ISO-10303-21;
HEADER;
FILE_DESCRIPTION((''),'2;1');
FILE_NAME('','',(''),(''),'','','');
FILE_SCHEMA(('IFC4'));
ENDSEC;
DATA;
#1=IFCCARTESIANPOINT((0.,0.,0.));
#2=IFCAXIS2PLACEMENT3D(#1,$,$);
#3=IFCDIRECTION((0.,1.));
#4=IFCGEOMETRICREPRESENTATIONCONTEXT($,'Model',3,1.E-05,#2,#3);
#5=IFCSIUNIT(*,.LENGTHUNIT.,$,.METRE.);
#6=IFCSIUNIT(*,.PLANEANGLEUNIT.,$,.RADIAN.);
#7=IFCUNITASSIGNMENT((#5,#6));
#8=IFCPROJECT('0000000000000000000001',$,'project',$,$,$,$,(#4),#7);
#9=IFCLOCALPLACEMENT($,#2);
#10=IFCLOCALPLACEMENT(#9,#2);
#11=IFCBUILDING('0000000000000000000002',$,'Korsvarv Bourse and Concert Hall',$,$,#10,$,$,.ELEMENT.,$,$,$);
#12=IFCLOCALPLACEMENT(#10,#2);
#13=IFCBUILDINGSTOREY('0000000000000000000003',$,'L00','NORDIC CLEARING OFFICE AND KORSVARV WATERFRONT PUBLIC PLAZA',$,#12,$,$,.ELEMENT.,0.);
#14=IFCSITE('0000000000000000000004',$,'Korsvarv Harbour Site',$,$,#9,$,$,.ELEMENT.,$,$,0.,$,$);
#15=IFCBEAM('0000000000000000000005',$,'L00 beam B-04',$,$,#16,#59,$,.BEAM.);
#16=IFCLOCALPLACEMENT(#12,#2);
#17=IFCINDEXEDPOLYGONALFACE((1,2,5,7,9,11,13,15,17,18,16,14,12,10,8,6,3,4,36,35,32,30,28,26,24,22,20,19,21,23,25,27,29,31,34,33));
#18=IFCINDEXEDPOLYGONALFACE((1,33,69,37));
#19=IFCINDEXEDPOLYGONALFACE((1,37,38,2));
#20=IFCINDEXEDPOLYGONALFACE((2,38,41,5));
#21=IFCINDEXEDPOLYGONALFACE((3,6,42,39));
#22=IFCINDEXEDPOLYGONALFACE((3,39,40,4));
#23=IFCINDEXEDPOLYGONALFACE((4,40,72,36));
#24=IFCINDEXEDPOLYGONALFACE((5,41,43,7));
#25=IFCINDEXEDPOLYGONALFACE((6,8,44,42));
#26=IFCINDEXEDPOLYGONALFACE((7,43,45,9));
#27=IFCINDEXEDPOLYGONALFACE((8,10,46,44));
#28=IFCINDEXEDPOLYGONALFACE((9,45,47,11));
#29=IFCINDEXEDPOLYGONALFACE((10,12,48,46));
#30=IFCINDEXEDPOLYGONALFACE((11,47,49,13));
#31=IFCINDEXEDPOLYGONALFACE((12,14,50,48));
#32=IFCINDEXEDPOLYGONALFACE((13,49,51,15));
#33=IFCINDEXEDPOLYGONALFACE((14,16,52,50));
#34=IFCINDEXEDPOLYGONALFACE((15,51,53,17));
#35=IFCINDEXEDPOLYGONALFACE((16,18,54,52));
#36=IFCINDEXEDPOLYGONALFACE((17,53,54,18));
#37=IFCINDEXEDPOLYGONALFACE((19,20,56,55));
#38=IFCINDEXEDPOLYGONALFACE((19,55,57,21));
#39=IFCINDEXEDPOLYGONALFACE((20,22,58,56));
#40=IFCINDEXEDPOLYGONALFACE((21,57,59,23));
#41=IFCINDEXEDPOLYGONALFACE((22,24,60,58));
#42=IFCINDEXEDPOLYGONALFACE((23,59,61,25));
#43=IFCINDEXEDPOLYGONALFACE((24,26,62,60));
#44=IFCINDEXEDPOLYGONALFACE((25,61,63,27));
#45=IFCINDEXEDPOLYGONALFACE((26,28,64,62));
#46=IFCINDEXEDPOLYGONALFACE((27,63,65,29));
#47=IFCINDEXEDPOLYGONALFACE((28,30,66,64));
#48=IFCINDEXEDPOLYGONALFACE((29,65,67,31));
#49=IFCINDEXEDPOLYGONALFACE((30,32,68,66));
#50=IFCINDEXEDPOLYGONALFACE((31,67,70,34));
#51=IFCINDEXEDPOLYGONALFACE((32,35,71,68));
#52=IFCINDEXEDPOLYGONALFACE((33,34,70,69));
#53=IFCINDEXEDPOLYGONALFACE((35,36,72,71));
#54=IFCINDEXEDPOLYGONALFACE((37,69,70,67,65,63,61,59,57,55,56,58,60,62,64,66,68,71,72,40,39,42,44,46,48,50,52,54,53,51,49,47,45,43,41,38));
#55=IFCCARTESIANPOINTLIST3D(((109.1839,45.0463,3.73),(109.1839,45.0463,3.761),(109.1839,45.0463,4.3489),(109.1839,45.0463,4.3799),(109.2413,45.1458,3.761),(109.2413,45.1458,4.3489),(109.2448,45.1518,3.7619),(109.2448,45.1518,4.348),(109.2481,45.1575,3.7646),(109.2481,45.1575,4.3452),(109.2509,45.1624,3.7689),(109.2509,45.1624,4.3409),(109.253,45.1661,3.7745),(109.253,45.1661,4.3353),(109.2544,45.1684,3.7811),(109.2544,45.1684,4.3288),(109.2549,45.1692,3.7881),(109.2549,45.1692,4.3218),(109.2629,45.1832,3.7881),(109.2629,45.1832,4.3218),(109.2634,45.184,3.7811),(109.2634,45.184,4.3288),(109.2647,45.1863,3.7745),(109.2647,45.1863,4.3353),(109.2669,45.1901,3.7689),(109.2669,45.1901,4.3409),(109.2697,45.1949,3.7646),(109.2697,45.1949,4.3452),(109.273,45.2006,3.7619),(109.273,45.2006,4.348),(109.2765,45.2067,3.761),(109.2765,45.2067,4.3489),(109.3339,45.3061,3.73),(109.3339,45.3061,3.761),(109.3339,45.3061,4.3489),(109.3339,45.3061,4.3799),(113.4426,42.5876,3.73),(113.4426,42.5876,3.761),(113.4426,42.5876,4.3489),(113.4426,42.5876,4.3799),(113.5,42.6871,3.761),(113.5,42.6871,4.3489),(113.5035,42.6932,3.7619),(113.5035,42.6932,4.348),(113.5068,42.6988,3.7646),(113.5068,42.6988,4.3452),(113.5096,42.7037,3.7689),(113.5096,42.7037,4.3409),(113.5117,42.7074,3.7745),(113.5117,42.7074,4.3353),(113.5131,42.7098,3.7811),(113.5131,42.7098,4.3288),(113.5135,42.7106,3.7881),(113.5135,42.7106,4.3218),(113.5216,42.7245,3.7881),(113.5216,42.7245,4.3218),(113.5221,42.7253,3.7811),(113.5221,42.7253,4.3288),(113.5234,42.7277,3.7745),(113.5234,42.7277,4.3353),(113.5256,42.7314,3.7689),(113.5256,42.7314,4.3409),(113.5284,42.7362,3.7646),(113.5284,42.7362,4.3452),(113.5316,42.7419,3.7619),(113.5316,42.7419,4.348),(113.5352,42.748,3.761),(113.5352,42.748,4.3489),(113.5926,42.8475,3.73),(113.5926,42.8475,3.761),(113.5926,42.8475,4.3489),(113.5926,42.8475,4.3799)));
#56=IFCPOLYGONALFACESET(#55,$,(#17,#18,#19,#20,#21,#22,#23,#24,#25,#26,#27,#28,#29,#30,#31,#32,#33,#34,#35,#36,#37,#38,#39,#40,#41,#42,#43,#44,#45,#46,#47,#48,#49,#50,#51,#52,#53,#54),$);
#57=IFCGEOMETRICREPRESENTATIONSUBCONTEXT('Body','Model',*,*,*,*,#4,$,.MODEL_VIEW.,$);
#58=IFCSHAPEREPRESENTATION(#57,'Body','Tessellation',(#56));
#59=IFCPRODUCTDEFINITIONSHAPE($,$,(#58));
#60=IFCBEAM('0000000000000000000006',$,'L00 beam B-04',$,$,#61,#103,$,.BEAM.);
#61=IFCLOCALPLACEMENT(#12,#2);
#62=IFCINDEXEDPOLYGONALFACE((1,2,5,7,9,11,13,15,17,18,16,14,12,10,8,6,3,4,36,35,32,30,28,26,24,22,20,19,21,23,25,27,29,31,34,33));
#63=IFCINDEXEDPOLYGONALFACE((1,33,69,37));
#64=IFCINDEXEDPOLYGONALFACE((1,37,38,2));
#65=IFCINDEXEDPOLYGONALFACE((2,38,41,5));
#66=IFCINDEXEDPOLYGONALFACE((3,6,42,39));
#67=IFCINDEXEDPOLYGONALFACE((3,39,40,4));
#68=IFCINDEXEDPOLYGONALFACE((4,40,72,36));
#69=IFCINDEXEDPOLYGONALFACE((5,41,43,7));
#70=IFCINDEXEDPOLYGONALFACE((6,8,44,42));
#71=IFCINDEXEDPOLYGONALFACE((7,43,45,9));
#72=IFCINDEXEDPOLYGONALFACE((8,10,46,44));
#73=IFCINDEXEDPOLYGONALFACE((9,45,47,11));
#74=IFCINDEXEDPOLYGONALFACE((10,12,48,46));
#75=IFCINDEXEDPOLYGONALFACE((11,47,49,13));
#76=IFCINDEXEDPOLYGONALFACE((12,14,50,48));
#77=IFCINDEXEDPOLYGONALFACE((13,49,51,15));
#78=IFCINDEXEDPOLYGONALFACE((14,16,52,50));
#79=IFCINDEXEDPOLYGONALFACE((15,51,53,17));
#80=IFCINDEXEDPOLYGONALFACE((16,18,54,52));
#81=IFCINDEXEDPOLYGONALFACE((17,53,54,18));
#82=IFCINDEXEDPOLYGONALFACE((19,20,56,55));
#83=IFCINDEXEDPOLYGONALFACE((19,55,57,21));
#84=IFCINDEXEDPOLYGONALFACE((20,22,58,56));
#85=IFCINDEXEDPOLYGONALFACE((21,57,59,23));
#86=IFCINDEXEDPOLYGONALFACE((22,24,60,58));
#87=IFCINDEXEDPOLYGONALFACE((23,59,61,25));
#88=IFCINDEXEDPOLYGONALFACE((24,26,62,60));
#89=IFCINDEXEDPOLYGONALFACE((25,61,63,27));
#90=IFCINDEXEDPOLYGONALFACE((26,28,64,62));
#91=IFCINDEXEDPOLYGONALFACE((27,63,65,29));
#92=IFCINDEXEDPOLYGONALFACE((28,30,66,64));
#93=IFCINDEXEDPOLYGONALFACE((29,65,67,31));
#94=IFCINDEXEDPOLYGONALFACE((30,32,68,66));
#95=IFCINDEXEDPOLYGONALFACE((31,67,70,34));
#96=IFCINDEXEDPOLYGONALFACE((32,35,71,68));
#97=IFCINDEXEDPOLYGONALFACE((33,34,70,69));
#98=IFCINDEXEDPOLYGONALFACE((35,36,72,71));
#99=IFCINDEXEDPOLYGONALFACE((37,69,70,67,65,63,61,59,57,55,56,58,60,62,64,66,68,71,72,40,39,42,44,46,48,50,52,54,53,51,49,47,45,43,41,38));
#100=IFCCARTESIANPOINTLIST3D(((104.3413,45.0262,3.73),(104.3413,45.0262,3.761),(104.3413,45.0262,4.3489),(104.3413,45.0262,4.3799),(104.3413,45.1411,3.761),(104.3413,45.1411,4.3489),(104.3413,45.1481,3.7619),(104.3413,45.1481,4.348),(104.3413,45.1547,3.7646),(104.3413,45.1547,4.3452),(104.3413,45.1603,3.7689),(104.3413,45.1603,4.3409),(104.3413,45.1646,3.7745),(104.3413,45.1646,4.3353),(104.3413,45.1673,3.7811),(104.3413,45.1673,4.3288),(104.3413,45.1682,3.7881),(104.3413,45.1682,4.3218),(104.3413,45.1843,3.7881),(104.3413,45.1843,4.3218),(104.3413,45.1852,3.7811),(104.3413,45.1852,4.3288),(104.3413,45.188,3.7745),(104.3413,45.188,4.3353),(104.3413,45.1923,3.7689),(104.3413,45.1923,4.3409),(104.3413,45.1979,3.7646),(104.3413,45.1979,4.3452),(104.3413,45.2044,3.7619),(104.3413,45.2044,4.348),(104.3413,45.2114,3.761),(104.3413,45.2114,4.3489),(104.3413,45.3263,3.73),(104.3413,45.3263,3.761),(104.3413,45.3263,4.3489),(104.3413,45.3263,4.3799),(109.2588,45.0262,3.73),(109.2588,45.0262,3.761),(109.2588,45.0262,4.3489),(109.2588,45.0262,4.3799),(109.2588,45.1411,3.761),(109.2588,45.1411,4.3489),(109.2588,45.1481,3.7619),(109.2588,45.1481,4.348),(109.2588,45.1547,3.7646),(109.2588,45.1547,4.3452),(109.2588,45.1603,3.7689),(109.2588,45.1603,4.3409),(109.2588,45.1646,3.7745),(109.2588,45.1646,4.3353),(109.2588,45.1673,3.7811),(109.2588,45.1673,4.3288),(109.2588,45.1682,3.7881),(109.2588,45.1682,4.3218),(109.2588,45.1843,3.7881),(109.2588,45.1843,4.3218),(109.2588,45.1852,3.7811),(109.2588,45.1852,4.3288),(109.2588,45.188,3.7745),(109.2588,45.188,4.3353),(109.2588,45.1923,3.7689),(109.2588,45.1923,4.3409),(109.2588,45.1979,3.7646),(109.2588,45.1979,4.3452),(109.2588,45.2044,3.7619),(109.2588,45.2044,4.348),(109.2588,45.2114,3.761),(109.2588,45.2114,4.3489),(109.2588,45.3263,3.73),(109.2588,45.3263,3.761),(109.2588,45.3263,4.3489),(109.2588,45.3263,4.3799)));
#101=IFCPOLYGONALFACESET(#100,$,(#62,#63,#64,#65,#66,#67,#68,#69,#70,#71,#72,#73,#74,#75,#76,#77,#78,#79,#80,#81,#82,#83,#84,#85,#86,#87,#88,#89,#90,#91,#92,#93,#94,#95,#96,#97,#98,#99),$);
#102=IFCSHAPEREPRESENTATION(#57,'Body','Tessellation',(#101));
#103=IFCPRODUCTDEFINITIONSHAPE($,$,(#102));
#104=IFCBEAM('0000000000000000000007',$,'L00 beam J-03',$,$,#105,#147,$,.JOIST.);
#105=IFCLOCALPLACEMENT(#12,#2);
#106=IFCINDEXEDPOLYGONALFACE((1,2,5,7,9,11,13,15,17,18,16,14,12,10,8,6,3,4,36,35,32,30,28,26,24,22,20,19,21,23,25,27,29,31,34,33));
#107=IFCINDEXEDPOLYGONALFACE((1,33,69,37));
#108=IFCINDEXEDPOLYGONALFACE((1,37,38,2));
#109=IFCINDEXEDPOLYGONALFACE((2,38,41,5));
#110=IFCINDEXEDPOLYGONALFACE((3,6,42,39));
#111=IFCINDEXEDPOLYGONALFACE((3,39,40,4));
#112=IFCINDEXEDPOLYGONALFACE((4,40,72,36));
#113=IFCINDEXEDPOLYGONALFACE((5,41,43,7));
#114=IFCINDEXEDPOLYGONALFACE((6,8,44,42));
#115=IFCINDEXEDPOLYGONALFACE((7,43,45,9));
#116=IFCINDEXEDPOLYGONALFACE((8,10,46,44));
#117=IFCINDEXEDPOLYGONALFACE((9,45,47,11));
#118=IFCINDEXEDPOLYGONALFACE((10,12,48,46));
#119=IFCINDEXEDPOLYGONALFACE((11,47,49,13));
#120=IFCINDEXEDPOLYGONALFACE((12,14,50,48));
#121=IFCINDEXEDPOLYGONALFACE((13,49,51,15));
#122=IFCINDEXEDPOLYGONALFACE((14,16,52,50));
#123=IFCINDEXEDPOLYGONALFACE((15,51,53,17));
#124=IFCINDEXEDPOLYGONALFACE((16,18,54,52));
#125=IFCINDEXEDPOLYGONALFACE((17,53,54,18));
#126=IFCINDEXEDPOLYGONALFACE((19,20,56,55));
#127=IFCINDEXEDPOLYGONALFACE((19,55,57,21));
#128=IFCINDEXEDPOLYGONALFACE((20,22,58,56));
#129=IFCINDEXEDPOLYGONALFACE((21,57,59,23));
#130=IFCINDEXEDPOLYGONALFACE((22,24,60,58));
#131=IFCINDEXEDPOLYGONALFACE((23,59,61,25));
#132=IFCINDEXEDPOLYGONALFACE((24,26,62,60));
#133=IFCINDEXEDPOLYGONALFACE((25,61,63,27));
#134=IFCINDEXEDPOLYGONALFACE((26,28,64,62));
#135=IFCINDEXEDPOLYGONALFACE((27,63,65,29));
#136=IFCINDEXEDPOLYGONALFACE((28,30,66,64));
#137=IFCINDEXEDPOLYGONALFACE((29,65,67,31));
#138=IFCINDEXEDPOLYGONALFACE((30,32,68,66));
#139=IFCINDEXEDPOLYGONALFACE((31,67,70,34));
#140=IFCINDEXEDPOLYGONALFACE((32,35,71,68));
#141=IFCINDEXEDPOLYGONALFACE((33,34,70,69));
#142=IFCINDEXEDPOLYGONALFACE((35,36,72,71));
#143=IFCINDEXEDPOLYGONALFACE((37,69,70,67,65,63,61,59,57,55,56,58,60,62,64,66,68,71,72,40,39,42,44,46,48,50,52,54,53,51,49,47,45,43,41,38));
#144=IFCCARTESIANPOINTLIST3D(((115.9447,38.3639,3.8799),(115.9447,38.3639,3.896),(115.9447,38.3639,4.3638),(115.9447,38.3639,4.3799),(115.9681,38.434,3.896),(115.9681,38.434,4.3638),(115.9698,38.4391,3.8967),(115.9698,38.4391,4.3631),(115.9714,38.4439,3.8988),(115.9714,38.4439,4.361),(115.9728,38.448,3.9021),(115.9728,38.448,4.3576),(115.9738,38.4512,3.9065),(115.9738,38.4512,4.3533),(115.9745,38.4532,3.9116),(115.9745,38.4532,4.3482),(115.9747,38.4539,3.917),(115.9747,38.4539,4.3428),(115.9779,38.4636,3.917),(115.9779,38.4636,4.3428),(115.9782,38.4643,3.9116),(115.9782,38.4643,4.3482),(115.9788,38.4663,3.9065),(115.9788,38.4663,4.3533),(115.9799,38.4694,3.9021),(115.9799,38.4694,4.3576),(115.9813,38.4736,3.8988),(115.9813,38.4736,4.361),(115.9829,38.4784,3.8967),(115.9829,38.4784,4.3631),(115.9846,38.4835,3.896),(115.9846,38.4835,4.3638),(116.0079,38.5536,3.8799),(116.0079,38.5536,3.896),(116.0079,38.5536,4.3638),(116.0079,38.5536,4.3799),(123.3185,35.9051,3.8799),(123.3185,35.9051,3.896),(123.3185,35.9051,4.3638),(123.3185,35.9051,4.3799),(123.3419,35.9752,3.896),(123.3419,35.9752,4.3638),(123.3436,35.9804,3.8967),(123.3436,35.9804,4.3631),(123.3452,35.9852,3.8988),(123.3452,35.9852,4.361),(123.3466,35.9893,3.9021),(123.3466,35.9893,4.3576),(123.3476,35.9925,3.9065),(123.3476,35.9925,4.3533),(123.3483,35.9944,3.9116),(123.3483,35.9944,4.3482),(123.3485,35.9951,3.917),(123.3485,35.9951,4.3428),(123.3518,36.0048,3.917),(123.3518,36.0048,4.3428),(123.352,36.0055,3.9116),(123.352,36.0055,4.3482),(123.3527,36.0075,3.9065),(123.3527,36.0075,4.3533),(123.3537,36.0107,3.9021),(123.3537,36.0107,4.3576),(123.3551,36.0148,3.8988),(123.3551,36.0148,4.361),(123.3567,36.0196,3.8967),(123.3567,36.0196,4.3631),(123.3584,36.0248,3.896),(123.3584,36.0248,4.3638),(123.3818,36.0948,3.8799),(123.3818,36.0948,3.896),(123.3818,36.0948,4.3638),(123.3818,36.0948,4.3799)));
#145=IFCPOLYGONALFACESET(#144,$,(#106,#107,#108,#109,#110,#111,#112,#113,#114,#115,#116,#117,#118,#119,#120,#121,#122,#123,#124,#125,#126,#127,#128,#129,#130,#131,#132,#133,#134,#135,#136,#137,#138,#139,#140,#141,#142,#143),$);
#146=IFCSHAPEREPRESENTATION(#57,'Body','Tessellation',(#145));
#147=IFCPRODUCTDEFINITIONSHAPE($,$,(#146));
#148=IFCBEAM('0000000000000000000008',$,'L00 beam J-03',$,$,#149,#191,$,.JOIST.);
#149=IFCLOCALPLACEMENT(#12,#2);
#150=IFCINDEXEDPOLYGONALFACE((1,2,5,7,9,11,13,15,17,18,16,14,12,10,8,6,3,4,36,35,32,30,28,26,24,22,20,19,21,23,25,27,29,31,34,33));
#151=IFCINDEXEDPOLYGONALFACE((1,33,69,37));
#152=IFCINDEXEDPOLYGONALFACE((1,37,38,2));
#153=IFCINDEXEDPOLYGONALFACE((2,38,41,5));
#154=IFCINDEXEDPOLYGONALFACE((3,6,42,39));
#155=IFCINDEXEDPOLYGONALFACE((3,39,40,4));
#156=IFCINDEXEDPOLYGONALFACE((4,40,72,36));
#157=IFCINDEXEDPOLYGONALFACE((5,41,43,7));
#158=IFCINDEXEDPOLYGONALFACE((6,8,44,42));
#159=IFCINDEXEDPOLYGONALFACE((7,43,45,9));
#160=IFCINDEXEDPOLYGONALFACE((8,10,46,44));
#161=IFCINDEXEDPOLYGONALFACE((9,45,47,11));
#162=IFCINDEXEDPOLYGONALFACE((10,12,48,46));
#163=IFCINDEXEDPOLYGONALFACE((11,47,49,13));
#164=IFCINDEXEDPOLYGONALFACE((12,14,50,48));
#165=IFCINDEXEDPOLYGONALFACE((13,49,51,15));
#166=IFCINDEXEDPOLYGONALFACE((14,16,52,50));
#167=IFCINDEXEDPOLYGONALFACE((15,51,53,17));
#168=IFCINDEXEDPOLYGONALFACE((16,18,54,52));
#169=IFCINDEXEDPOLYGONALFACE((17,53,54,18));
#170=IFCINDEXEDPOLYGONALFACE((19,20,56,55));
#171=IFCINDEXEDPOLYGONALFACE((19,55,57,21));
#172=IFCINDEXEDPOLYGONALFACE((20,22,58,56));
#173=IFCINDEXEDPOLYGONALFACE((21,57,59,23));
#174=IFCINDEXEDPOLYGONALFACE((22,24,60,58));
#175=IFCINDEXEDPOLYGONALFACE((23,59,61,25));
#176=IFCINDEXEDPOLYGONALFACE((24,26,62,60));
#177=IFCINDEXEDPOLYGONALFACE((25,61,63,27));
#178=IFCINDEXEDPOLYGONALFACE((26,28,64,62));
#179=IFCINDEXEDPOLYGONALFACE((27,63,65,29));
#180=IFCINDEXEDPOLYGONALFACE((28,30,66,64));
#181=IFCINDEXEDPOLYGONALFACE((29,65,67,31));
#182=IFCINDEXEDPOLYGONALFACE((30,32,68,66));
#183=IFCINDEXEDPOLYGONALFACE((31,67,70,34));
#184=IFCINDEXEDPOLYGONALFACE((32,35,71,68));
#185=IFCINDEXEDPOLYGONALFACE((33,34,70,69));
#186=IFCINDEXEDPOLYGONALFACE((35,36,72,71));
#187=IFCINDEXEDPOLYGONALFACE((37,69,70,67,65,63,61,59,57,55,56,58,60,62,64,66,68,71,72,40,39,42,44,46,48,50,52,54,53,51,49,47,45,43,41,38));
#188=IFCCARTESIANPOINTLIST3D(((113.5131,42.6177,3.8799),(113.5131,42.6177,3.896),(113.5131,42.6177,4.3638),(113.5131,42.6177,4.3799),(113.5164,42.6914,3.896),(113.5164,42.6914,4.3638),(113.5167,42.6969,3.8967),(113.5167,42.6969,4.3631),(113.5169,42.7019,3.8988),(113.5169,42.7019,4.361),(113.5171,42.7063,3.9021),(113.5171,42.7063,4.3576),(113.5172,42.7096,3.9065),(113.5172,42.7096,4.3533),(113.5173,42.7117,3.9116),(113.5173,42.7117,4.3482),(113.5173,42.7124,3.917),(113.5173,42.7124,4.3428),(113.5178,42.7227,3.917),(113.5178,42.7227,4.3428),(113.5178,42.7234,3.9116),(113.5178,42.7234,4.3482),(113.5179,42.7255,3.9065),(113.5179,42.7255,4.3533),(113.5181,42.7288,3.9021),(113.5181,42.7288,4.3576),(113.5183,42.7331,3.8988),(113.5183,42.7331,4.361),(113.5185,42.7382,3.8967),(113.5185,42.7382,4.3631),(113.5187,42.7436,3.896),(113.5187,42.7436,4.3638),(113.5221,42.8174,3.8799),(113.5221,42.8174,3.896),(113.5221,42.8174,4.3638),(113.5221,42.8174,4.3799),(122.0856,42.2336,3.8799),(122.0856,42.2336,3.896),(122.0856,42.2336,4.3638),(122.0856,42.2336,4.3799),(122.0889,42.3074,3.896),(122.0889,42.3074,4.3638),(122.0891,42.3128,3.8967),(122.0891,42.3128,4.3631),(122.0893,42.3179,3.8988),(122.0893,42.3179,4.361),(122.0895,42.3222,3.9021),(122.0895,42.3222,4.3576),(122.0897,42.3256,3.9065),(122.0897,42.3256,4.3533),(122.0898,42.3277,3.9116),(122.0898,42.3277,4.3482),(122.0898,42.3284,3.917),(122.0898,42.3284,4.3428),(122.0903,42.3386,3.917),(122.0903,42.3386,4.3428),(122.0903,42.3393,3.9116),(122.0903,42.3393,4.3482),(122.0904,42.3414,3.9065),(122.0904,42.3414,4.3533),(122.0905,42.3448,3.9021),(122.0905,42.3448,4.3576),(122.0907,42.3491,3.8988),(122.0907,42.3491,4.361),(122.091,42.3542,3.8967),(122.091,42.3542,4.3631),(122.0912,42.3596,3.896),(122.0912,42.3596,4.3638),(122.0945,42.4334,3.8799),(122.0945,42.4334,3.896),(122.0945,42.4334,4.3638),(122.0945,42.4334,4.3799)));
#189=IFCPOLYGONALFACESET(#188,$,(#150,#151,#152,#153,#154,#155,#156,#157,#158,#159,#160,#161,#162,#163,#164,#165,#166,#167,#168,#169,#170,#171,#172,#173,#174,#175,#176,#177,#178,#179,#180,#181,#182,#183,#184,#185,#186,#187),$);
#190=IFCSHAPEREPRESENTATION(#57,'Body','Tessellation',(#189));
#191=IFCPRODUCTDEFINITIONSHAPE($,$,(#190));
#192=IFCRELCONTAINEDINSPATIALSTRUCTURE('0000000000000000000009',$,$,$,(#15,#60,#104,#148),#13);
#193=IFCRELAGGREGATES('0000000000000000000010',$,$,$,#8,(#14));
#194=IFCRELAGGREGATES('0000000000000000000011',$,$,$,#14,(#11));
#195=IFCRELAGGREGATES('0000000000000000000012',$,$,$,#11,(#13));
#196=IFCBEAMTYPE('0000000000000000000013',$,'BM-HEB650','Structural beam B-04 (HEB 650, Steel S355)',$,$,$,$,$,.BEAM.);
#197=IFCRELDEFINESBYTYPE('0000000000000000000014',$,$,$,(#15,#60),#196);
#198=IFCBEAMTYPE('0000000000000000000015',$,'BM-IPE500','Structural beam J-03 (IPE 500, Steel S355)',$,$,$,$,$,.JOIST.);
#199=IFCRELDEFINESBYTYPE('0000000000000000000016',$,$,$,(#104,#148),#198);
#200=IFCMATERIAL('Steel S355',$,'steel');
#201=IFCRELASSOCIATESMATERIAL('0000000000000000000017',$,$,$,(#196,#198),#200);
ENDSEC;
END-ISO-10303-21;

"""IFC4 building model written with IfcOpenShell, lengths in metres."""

from ifc_helpers import new_model, si_unit, direction, frame, origin, origin_2d, place, context, subcontext, project, spatial, i_section, extrude, source, transform, mapped, material, material_profile, profile_set, type_object, element, save


model = new_model("IFC4")

# Units and contexts
model_context = context("Model", 3, precision=1e-05, world=origin(), true_north=direction((0.0, 1.0)))
body_context = subcontext(model_context, "Body", "Model", "MODEL_VIEW")
ifc_project = project(units=[si_unit("LENGTHUNIT", "METRE"), si_unit("PLANEANGLEUNIT", "RADIAN")], contexts=[model_context])

# Site, building, storey
site_placement = place(None, origin())
site = spatial("IfcSite", under=ifc_project, at=site_placement, Name="Korsvarv Harbour Site", CompositionType="ELEMENT", RefElevation=0.0)
building_placement = place(site_placement, origin())
building = spatial("IfcBuilding", under=site, at=building_placement, Name="Korsvarv Bourse and Concert Hall", CompositionType="ELEMENT")
storey_placement = place(building_placement, origin())
storey = spatial("IfcBuildingStorey", under=building, at=storey_placement, Name="L00", Description="NORDIC CLEARING OFFICE AND KORSVARV WATERFRONT PUBLIC PLAZA", CompositionType="ELEMENT", Elevation=0.0)

# Beams
ifc_material_1 = material(Name="Steel S355", Category="steel")
ifc_material_profile_1 = material_profile(ifc_material_1, i_section(OverallWidth=0.3, OverallDepth=0.6499, WebThickness=0.0161, FlangeThickness=0.031, FilletRadius=0.0271, at=origin_2d()), Name="HEB 650")
ifc_profile_set_1 = profile_set([ifc_material_profile_1], Name="Steel S355")
beam_type_1 = type_object("IfcBeamType", Name="BM-HEB650", Description="Structural beam B-04 (HEB 650, Steel S355)", PredefinedType="BEAM", material=ifc_profile_set_1)
shared_shape_1 = source(origin(), body_context, "Body", "SweptSolid", [
    extrude(i_section(OverallWidth=0.3, OverallDepth=0.6499, WebThickness=0.0161, FlangeThickness=0.031, FilletRadius=0.0271, at=origin_2d()), origin(), (0.0, 0.0, 1.0), 4.9175),
])
for number, where, z_axis, x_axis, name in (
    (1, (113.5176, 42.7175, 4.0549), (-0.866032, 0.499989, 0.0), (-0.499989, -0.866032, 0.0), "L00 beam B-04"),
    (2, (109.2588, 45.1763, 4.0549), (-1.0, 0.0, 0.0), (0.0, -1.0, 0.0), "L00 beam B-04"),
):
    element("IfcBeam", number, at=place(storey_placement, frame(where, z_axis=z_axis, x_axis=x_axis)), inside=storey, type_object=beam_type_1, Name=name, PredefinedType="BEAM", context=body_context, shape_type="MappedRepresentation", body=[
        mapped(shared_shape_1, transform((0.0, 0.0, 0.0), scale=1.0)),
    ])
ifc_material_profile_2 = material_profile(ifc_material_1, i_section(OverallWidth=0.2, OverallDepth=0.5, WebThickness=0.0103, FlangeThickness=0.0161, FilletRadius=0.021, at=origin_2d()), Name="IPE 500")
ifc_profile_set_2 = profile_set([ifc_material_profile_2], Name="Steel S355")
beam_type_2 = type_object("IfcBeamType", Name="BM-IPE500", Description="Structural beam J-03 (IPE 500, Steel S355)", PredefinedType="JOIST", material=ifc_profile_set_2)
shared_shape_2 = source(origin(), body_context, "Body", "SweptSolid", [
    extrude(i_section(OverallWidth=0.2, OverallDepth=0.5, WebThickness=0.0103, FlangeThickness=0.0161, FilletRadius=0.021, at=origin_2d()), origin(), (0.0, 0.0, 1.0), 7.7729),
])
beam_1_placement = place(storey_placement, frame((115.9763, 38.4587, 4.1299), z_axis=(0.948652, -0.316322, 0.0), x_axis=(0.316322, 0.948652, 0.0)))
element("IfcBeam", 3, at=beam_1_placement, inside=storey, type_object=beam_type_2, Name="L00 beam J-03", PredefinedType="JOIST", context=body_context, shape_type="MappedRepresentation", body=[
    mapped(shared_shape_2, transform((0.0, 0.0, 0.0), scale=1.0)),
])
shared_shape_3 = source(origin(), body_context, "Body", "SweptSolid", [
    extrude(i_section(OverallWidth=0.2, OverallDepth=0.5, WebThickness=0.0103, FlangeThickness=0.0161, FilletRadius=0.021, at=origin_2d()), origin(), (0.0, 0.0, 1.0), 8.5811),
])
beam_2_placement = place(storey_placement, frame((113.5176, 42.7175, 4.1299), z_axis=(0.998998, -0.044753, 0.0), x_axis=(0.044753, 0.998998, 0.0)))
element("IfcBeam", 4, at=beam_2_placement, inside=storey, type_object=beam_type_2, Name="L00 beam J-03", PredefinedType="JOIST", context=body_context, shape_type="MappedRepresentation", body=[
    mapped(shared_shape_3, transform((0.0, 0.0, 0.0), scale=1.0)),
])

save(model, "model.ifc")
